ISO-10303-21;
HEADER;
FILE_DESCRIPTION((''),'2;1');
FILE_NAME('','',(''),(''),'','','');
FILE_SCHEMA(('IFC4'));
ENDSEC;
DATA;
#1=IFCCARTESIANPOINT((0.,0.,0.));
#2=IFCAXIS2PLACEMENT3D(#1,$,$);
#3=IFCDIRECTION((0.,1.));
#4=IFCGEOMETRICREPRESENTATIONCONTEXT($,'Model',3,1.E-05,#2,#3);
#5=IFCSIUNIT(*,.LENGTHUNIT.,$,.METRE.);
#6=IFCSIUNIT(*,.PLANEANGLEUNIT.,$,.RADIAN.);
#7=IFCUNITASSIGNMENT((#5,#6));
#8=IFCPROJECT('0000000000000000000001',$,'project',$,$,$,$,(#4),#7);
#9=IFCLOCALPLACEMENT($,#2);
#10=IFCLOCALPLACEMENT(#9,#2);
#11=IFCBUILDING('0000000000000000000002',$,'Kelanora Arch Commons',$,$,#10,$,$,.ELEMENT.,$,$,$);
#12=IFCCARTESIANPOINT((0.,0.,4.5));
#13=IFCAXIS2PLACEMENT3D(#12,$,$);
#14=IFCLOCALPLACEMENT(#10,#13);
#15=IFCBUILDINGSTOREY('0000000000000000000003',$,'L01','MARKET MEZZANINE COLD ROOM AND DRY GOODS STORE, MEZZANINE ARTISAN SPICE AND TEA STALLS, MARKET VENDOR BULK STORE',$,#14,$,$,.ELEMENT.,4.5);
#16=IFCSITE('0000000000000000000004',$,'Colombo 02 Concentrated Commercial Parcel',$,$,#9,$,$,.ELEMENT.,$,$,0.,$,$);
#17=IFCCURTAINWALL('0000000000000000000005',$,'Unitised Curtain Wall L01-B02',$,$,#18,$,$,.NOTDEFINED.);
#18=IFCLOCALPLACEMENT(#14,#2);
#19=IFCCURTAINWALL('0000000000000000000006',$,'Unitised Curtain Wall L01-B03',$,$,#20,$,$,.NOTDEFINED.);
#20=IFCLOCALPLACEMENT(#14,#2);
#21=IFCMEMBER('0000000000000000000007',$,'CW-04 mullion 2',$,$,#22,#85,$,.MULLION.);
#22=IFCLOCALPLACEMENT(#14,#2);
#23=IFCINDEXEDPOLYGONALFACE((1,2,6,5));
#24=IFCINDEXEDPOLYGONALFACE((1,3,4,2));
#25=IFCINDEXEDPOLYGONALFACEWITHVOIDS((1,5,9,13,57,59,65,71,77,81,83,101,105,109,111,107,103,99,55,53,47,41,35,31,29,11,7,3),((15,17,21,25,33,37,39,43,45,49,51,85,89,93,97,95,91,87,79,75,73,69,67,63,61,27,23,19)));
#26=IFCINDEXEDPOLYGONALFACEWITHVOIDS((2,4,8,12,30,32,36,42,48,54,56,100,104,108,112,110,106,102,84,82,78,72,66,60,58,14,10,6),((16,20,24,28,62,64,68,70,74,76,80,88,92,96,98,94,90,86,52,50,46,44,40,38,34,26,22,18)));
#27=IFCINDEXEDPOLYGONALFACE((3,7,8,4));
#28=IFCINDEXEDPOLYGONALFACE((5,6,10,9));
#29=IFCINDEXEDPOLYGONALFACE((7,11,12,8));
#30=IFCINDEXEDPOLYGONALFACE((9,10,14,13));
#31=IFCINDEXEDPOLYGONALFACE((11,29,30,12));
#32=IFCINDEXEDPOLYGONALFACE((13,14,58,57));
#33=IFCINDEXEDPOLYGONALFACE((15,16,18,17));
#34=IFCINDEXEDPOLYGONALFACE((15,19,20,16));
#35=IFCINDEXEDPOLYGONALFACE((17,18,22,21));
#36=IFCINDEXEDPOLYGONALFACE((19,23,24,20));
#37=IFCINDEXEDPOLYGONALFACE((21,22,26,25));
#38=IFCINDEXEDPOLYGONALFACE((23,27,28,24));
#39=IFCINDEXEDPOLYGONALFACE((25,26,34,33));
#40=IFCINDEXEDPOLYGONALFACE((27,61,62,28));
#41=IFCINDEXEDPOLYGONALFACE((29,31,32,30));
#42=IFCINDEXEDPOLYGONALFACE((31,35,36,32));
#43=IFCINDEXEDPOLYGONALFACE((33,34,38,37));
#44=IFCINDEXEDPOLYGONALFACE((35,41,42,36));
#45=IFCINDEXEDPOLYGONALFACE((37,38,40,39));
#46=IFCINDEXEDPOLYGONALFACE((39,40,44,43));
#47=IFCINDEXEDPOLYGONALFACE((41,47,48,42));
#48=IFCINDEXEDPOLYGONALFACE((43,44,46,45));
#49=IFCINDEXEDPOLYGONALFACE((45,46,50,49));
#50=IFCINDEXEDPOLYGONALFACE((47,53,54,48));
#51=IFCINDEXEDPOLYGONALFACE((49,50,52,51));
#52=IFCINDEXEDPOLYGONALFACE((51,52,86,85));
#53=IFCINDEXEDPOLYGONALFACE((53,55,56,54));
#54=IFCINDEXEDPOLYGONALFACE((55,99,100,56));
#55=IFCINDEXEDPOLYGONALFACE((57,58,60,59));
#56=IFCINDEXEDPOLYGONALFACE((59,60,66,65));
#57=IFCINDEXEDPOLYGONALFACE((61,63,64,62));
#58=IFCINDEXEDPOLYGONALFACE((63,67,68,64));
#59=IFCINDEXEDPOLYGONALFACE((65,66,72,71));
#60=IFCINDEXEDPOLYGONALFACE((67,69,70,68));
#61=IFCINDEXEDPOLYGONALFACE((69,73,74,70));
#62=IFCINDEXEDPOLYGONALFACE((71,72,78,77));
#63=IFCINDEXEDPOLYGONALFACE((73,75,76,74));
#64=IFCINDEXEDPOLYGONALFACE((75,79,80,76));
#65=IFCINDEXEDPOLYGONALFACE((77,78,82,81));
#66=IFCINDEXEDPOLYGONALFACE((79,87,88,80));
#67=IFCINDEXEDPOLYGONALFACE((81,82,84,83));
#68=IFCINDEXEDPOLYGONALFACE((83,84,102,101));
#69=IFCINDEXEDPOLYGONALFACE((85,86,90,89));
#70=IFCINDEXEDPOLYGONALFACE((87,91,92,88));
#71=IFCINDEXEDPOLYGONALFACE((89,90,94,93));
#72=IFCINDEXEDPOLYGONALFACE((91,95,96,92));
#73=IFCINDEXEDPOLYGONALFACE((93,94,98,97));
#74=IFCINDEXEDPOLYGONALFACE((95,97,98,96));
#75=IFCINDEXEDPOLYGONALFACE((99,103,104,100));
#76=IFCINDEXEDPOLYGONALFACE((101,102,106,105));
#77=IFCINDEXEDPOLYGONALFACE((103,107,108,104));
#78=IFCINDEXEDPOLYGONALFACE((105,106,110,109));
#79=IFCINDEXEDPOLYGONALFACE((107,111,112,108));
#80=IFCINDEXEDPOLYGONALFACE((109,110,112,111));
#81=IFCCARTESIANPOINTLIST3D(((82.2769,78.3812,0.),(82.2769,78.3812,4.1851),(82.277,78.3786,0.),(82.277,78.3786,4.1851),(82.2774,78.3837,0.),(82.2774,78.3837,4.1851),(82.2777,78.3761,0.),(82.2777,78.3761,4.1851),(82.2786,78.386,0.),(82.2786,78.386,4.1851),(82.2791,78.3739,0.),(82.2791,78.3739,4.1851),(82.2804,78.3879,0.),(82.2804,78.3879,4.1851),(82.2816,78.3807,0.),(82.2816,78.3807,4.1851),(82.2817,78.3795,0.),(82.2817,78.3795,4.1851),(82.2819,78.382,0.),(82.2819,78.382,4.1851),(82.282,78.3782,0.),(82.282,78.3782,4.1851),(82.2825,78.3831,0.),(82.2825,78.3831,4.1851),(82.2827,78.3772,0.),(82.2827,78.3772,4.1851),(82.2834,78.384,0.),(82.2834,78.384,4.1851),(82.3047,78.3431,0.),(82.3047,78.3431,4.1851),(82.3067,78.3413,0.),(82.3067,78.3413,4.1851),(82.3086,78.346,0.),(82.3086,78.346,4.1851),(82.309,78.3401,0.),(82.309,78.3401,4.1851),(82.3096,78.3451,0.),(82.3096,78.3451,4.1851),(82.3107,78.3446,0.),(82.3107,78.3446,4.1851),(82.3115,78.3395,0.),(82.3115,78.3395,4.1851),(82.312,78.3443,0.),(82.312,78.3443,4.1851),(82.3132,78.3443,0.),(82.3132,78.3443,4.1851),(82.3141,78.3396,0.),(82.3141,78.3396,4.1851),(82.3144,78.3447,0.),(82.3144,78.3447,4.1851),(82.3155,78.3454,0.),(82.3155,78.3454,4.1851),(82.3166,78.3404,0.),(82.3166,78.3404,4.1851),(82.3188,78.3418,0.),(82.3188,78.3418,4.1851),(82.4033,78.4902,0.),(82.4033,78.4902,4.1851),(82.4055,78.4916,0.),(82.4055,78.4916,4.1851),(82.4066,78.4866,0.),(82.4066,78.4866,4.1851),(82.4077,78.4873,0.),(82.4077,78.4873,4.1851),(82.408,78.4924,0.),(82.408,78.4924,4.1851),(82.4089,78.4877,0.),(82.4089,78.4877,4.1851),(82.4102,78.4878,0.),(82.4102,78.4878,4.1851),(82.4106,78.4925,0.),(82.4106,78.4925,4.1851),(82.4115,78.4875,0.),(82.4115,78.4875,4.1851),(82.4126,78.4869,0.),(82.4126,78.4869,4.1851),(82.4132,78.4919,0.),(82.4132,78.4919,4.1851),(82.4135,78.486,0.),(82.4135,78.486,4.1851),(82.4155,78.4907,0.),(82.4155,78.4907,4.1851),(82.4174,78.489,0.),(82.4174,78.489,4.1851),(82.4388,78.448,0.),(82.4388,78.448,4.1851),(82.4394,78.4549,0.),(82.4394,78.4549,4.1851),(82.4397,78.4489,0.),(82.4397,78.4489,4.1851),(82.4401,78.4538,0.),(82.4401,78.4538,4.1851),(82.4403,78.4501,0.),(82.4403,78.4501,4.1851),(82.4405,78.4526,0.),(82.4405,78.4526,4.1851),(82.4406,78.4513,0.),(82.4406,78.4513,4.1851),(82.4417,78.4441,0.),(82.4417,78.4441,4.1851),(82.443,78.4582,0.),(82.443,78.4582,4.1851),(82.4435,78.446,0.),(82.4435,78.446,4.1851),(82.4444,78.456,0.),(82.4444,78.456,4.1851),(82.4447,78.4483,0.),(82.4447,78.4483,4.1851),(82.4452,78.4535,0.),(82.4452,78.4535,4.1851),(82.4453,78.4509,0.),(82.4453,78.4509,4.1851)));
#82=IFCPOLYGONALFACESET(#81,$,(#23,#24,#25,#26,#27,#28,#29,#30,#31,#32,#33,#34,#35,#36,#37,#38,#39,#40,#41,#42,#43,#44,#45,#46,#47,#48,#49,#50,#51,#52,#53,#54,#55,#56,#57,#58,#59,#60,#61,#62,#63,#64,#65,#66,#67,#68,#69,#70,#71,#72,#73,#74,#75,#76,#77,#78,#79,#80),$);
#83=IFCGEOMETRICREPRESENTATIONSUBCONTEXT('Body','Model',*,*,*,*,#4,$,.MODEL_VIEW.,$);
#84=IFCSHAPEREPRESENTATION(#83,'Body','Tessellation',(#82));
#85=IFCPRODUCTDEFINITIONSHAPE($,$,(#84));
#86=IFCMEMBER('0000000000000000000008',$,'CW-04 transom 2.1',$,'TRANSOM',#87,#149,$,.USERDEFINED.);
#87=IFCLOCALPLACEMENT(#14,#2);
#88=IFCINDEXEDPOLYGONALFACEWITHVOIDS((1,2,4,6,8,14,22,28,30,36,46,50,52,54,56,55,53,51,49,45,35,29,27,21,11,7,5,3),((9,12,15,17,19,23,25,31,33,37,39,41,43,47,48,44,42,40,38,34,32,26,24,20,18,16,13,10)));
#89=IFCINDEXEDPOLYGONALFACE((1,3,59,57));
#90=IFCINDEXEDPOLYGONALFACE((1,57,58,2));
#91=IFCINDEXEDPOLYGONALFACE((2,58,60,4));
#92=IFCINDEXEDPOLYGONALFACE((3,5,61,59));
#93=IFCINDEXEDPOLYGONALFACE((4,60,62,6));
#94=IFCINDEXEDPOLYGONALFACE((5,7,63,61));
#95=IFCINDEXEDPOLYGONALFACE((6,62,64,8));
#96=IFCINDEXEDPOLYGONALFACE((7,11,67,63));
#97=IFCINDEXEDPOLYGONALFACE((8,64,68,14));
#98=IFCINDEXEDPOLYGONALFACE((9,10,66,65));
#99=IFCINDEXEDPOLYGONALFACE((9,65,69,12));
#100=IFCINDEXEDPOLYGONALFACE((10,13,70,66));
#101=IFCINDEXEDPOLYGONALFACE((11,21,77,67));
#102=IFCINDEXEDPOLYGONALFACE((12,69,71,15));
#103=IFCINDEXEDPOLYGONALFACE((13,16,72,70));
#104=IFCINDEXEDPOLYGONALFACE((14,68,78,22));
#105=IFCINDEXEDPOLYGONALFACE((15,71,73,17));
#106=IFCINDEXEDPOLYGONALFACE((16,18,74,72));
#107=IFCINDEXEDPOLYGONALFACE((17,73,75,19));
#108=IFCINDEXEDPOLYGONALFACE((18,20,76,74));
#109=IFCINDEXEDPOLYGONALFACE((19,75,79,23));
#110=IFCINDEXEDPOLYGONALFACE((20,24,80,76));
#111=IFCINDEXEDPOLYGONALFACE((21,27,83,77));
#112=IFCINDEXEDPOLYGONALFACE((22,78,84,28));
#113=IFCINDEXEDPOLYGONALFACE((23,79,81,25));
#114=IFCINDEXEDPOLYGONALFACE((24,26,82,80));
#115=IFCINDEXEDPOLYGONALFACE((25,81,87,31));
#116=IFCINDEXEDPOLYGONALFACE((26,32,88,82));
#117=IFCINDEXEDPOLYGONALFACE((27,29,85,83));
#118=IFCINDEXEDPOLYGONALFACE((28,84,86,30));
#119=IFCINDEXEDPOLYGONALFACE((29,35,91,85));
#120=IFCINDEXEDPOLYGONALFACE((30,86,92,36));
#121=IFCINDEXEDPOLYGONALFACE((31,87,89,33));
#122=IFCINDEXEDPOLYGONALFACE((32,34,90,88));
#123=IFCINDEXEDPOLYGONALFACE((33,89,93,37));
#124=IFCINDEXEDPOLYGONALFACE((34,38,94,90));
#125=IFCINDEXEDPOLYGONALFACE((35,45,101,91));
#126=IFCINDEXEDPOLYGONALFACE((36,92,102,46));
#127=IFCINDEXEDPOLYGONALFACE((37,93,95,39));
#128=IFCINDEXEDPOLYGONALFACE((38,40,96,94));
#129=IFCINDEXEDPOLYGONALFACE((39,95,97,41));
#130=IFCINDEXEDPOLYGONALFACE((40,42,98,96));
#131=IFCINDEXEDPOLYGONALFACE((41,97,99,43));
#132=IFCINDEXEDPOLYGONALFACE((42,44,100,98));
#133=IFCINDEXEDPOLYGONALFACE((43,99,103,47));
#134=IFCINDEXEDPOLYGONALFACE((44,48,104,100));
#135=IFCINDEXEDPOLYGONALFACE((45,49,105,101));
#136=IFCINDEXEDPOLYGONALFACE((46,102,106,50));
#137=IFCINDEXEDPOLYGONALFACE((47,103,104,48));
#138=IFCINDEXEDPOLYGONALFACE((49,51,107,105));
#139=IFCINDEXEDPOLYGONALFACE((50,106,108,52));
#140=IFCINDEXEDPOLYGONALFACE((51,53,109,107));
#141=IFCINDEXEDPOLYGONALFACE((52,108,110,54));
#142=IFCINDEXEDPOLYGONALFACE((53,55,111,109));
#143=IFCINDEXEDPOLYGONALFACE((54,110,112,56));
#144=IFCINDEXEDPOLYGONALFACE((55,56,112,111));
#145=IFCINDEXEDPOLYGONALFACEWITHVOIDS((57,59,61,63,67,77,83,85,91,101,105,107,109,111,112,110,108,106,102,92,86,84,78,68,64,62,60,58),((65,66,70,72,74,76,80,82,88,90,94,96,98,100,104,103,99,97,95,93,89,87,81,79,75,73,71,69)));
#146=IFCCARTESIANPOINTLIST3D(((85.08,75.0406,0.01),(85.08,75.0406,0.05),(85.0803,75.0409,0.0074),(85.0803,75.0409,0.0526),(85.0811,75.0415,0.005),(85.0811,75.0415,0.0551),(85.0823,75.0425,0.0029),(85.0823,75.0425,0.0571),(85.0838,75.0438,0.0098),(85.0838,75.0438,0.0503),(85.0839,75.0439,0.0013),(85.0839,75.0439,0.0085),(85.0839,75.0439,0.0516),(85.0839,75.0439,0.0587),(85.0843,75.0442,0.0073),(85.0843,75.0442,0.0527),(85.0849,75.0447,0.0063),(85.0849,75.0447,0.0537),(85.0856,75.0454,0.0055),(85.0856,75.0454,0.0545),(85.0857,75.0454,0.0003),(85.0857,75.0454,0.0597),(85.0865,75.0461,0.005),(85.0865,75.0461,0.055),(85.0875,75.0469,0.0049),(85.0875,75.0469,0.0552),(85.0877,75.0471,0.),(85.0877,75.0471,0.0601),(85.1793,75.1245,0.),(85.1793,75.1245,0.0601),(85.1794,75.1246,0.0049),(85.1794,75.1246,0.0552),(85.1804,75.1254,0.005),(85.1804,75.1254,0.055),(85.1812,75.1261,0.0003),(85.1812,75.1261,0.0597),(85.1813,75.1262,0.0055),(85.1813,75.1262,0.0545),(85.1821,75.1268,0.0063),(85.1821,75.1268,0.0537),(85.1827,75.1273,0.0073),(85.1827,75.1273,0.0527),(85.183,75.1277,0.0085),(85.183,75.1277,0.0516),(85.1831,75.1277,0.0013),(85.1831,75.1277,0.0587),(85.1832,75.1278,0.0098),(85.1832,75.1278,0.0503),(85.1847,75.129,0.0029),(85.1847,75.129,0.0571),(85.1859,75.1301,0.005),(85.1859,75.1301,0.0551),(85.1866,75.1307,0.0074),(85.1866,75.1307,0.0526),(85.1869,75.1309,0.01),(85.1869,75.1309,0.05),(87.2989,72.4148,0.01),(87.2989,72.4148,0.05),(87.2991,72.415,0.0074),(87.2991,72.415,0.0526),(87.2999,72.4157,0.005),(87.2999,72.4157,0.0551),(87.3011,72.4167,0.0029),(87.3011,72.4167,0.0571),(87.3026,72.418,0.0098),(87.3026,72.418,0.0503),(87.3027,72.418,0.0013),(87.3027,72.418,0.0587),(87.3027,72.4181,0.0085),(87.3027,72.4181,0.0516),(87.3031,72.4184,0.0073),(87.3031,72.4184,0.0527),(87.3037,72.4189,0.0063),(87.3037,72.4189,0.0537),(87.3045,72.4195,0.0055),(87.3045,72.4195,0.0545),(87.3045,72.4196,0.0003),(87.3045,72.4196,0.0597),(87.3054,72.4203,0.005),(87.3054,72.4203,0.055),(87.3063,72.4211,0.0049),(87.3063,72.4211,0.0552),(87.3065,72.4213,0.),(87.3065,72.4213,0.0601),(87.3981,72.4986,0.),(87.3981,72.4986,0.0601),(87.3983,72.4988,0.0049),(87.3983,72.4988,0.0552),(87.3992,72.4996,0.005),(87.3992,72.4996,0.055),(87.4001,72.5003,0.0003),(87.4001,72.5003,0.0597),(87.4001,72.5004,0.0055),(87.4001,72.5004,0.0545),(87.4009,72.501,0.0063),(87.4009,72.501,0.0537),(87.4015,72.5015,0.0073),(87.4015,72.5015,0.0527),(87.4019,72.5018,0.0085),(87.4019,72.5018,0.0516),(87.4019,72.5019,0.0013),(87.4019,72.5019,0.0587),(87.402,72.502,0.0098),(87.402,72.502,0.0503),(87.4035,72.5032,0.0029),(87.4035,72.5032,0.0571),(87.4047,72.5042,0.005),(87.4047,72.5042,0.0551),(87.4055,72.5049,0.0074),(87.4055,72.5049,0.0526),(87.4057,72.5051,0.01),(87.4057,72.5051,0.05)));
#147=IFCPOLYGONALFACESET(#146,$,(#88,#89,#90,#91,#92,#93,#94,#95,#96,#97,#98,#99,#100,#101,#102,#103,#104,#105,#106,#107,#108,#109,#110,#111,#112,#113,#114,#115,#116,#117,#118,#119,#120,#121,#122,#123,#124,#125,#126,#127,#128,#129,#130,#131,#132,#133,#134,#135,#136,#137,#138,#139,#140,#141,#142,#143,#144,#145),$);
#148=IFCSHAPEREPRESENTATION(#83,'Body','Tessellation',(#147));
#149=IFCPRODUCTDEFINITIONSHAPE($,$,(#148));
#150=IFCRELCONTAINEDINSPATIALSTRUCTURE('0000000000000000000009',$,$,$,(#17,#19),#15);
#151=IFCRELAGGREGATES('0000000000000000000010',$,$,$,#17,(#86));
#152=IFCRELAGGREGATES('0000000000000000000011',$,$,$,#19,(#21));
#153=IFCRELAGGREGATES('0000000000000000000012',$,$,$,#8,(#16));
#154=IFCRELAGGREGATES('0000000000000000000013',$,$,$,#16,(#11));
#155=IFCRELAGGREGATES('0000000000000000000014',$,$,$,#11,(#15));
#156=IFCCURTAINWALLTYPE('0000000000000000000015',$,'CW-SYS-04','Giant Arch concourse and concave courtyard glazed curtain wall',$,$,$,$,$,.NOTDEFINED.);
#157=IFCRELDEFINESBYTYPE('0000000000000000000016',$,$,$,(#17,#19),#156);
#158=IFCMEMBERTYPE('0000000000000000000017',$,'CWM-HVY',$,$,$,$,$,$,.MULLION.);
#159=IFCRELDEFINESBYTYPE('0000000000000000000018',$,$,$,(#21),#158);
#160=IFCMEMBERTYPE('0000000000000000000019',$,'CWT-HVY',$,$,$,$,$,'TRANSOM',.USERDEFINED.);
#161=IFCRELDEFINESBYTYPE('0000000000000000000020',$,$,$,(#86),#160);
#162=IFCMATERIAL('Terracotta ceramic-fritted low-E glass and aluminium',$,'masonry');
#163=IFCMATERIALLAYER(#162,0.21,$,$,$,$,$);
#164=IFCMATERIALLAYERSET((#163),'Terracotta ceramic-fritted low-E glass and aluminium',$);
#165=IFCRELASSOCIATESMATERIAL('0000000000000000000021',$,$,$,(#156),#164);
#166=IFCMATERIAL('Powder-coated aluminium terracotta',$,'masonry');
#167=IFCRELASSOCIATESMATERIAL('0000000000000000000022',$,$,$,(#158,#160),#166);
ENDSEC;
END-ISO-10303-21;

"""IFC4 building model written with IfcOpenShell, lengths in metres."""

from ifc_helpers import new_model, si_unit, direction, frame, origin, origin_2d, place, context, subcontext, project, spatial, hollow_rectangle, extrude, material, layer, layer_set, material_profile, profile_set, type_object, element, aggregate, save


model = new_model("IFC4")

# Units and contexts
model_context = context("Model", 3, precision=1e-05, world=origin(), true_north=direction((0.0, 1.0)))
body_context = subcontext(model_context, "Body", "Model", "MODEL_VIEW")
ifc_project = project(units=[si_unit("LENGTHUNIT", "METRE"), si_unit("PLANEANGLEUNIT", "RADIAN")], contexts=[model_context])

# Site, building, storey
site_placement = place(None, origin())
site = spatial("IfcSite", under=ifc_project, at=site_placement, Name="Colombo 02 Concentrated Commercial Parcel", CompositionType="ELEMENT", RefElevation=0.0)
building_placement = place(site_placement, origin())
building = spatial("IfcBuilding", under=site, at=building_placement, Name="Kelanora Arch Commons", CompositionType="ELEMENT")
storey_placement = place(building_placement, frame((0.0, 0.0, 4.5)))
storey = spatial("IfcBuildingStorey", under=building, at=storey_placement, Name="L01", Description="MARKET MEZZANINE COLD ROOM AND DRY GOODS STORE, MEZZANINE ARTISAN SPICE AND TEA STALLS, MARKET VENDOR BULK STORE", CompositionType="ELEMENT", Elevation=4.5)

# Curtain wall
ifc_material_1 = material(Name="Terracotta ceramic-fritted low-E glass and aluminium", Category="masonry")
ifc_layer_1 = layer(ifc_material_1, 0.21)
ifc_layer_set_1 = layer_set([ifc_layer_1], Name="Terracotta ceramic-fritted low-E glass and aluminium")
curtain_wall_type = type_object("IfcCurtainWallType", Name="CW-SYS-04", Description="Giant Arch concourse and concave courtyard glazed curtain wall", PredefinedType="NOTDEFINED", material=ifc_layer_set_1)
curtain_wall_1_placement = place(storey_placement, origin())
curtain_wall_1 = element("IfcCurtainWall", 1, at=curtain_wall_1_placement, inside=storey, type_object=curtain_wall_type, Name="Unitised Curtain Wall L01-B02", PredefinedType="NOTDEFINED")
ifc_material_2 = material(Name="Powder-coated aluminium terracotta", Category="masonry")
ifc_material_profile_1 = material_profile(ifc_material_2, hollow_rectangle(XDim=0.1799, YDim=0.0601, WallThickness=0.0049, InnerFilletRadius=0.0049, OuterFilletRadius=0.01, at=origin_2d()), Name="CWM180x60")
ifc_profile_set_1 = profile_set([ifc_material_profile_1], Name="Powder-coated aluminium terracotta")
member_type_1 = type_object("IfcMemberType", Name="CWM-HVY", PredefinedType="MULLION", material=ifc_profile_set_1)

# Curtain wall, member
curtain_wall_2_placement = place(storey_placement, origin())
curtain_wall_2 = element("IfcCurtainWall", 2, at=curtain_wall_2_placement, inside=storey, type_object=curtain_wall_type, Name="Unitised Curtain Wall L01-B03", PredefinedType="NOTDEFINED")
member_1_placement = place(storey_placement, frame((82.3611, 78.416, 0.0), z_axis=(0.0, 0.0, 1.0), x_axis=(-0.768623, -0.639702, 0.0)))
member_1 = element("IfcMember", 3, at=member_1_placement, type_object=member_type_1, Name="CW-04 mullion 2", PredefinedType="MULLION", context=body_context, shape_type="SweptSolid", body=[
    extrude(hollow_rectangle(XDim=0.1799, YDim=0.0601, WallThickness=0.0049, InnerFilletRadius=0.0049, OuterFilletRadius=0.01, at=origin_2d()), origin(), (0.0, 0.0, 1.0), 4.1851),
])

# Member
ifc_material_profile_2 = material_profile(ifc_material_2, hollow_rectangle(XDim=0.1399, YDim=0.0601, WallThickness=0.0049, InnerFilletRadius=0.0049, OuterFilletRadius=0.01, at=origin_2d()), Name="CWT140x60")
ifc_profile_set_2 = profile_set([ifc_material_profile_2], Name="Powder-coated aluminium terracotta")
member_type_2 = type_object("IfcMemberType", Name="CWT-HVY", ElementType="TRANSOM", PredefinedType="USERDEFINED", material=ifc_profile_set_2)
member_2_placement = place(storey_placement, frame((87.3523, 72.46, 0.03), z_axis=(-0.64543, 0.76382, 0.0), x_axis=(-0.76382, -0.64543, 0.0)))
member_2 = element("IfcMember", 4, at=member_2_placement, type_object=member_type_2, Name="CW-04 transom 2.1", ObjectType="TRANSOM", PredefinedType="USERDEFINED", context=body_context, shape_type="SweptSolid", body=[
    extrude(hollow_rectangle(XDim=0.1399, YDim=0.0601, WallThickness=0.0049, InnerFilletRadius=0.0049, OuterFilletRadius=0.01, at=origin_2d()), origin(), (0.0, 0.0, 1.0), 3.4377),
])

aggregate(curtain_wall_1, [member_2])
aggregate(curtain_wall_2, [member_1])

save(model, "model.ifc")
